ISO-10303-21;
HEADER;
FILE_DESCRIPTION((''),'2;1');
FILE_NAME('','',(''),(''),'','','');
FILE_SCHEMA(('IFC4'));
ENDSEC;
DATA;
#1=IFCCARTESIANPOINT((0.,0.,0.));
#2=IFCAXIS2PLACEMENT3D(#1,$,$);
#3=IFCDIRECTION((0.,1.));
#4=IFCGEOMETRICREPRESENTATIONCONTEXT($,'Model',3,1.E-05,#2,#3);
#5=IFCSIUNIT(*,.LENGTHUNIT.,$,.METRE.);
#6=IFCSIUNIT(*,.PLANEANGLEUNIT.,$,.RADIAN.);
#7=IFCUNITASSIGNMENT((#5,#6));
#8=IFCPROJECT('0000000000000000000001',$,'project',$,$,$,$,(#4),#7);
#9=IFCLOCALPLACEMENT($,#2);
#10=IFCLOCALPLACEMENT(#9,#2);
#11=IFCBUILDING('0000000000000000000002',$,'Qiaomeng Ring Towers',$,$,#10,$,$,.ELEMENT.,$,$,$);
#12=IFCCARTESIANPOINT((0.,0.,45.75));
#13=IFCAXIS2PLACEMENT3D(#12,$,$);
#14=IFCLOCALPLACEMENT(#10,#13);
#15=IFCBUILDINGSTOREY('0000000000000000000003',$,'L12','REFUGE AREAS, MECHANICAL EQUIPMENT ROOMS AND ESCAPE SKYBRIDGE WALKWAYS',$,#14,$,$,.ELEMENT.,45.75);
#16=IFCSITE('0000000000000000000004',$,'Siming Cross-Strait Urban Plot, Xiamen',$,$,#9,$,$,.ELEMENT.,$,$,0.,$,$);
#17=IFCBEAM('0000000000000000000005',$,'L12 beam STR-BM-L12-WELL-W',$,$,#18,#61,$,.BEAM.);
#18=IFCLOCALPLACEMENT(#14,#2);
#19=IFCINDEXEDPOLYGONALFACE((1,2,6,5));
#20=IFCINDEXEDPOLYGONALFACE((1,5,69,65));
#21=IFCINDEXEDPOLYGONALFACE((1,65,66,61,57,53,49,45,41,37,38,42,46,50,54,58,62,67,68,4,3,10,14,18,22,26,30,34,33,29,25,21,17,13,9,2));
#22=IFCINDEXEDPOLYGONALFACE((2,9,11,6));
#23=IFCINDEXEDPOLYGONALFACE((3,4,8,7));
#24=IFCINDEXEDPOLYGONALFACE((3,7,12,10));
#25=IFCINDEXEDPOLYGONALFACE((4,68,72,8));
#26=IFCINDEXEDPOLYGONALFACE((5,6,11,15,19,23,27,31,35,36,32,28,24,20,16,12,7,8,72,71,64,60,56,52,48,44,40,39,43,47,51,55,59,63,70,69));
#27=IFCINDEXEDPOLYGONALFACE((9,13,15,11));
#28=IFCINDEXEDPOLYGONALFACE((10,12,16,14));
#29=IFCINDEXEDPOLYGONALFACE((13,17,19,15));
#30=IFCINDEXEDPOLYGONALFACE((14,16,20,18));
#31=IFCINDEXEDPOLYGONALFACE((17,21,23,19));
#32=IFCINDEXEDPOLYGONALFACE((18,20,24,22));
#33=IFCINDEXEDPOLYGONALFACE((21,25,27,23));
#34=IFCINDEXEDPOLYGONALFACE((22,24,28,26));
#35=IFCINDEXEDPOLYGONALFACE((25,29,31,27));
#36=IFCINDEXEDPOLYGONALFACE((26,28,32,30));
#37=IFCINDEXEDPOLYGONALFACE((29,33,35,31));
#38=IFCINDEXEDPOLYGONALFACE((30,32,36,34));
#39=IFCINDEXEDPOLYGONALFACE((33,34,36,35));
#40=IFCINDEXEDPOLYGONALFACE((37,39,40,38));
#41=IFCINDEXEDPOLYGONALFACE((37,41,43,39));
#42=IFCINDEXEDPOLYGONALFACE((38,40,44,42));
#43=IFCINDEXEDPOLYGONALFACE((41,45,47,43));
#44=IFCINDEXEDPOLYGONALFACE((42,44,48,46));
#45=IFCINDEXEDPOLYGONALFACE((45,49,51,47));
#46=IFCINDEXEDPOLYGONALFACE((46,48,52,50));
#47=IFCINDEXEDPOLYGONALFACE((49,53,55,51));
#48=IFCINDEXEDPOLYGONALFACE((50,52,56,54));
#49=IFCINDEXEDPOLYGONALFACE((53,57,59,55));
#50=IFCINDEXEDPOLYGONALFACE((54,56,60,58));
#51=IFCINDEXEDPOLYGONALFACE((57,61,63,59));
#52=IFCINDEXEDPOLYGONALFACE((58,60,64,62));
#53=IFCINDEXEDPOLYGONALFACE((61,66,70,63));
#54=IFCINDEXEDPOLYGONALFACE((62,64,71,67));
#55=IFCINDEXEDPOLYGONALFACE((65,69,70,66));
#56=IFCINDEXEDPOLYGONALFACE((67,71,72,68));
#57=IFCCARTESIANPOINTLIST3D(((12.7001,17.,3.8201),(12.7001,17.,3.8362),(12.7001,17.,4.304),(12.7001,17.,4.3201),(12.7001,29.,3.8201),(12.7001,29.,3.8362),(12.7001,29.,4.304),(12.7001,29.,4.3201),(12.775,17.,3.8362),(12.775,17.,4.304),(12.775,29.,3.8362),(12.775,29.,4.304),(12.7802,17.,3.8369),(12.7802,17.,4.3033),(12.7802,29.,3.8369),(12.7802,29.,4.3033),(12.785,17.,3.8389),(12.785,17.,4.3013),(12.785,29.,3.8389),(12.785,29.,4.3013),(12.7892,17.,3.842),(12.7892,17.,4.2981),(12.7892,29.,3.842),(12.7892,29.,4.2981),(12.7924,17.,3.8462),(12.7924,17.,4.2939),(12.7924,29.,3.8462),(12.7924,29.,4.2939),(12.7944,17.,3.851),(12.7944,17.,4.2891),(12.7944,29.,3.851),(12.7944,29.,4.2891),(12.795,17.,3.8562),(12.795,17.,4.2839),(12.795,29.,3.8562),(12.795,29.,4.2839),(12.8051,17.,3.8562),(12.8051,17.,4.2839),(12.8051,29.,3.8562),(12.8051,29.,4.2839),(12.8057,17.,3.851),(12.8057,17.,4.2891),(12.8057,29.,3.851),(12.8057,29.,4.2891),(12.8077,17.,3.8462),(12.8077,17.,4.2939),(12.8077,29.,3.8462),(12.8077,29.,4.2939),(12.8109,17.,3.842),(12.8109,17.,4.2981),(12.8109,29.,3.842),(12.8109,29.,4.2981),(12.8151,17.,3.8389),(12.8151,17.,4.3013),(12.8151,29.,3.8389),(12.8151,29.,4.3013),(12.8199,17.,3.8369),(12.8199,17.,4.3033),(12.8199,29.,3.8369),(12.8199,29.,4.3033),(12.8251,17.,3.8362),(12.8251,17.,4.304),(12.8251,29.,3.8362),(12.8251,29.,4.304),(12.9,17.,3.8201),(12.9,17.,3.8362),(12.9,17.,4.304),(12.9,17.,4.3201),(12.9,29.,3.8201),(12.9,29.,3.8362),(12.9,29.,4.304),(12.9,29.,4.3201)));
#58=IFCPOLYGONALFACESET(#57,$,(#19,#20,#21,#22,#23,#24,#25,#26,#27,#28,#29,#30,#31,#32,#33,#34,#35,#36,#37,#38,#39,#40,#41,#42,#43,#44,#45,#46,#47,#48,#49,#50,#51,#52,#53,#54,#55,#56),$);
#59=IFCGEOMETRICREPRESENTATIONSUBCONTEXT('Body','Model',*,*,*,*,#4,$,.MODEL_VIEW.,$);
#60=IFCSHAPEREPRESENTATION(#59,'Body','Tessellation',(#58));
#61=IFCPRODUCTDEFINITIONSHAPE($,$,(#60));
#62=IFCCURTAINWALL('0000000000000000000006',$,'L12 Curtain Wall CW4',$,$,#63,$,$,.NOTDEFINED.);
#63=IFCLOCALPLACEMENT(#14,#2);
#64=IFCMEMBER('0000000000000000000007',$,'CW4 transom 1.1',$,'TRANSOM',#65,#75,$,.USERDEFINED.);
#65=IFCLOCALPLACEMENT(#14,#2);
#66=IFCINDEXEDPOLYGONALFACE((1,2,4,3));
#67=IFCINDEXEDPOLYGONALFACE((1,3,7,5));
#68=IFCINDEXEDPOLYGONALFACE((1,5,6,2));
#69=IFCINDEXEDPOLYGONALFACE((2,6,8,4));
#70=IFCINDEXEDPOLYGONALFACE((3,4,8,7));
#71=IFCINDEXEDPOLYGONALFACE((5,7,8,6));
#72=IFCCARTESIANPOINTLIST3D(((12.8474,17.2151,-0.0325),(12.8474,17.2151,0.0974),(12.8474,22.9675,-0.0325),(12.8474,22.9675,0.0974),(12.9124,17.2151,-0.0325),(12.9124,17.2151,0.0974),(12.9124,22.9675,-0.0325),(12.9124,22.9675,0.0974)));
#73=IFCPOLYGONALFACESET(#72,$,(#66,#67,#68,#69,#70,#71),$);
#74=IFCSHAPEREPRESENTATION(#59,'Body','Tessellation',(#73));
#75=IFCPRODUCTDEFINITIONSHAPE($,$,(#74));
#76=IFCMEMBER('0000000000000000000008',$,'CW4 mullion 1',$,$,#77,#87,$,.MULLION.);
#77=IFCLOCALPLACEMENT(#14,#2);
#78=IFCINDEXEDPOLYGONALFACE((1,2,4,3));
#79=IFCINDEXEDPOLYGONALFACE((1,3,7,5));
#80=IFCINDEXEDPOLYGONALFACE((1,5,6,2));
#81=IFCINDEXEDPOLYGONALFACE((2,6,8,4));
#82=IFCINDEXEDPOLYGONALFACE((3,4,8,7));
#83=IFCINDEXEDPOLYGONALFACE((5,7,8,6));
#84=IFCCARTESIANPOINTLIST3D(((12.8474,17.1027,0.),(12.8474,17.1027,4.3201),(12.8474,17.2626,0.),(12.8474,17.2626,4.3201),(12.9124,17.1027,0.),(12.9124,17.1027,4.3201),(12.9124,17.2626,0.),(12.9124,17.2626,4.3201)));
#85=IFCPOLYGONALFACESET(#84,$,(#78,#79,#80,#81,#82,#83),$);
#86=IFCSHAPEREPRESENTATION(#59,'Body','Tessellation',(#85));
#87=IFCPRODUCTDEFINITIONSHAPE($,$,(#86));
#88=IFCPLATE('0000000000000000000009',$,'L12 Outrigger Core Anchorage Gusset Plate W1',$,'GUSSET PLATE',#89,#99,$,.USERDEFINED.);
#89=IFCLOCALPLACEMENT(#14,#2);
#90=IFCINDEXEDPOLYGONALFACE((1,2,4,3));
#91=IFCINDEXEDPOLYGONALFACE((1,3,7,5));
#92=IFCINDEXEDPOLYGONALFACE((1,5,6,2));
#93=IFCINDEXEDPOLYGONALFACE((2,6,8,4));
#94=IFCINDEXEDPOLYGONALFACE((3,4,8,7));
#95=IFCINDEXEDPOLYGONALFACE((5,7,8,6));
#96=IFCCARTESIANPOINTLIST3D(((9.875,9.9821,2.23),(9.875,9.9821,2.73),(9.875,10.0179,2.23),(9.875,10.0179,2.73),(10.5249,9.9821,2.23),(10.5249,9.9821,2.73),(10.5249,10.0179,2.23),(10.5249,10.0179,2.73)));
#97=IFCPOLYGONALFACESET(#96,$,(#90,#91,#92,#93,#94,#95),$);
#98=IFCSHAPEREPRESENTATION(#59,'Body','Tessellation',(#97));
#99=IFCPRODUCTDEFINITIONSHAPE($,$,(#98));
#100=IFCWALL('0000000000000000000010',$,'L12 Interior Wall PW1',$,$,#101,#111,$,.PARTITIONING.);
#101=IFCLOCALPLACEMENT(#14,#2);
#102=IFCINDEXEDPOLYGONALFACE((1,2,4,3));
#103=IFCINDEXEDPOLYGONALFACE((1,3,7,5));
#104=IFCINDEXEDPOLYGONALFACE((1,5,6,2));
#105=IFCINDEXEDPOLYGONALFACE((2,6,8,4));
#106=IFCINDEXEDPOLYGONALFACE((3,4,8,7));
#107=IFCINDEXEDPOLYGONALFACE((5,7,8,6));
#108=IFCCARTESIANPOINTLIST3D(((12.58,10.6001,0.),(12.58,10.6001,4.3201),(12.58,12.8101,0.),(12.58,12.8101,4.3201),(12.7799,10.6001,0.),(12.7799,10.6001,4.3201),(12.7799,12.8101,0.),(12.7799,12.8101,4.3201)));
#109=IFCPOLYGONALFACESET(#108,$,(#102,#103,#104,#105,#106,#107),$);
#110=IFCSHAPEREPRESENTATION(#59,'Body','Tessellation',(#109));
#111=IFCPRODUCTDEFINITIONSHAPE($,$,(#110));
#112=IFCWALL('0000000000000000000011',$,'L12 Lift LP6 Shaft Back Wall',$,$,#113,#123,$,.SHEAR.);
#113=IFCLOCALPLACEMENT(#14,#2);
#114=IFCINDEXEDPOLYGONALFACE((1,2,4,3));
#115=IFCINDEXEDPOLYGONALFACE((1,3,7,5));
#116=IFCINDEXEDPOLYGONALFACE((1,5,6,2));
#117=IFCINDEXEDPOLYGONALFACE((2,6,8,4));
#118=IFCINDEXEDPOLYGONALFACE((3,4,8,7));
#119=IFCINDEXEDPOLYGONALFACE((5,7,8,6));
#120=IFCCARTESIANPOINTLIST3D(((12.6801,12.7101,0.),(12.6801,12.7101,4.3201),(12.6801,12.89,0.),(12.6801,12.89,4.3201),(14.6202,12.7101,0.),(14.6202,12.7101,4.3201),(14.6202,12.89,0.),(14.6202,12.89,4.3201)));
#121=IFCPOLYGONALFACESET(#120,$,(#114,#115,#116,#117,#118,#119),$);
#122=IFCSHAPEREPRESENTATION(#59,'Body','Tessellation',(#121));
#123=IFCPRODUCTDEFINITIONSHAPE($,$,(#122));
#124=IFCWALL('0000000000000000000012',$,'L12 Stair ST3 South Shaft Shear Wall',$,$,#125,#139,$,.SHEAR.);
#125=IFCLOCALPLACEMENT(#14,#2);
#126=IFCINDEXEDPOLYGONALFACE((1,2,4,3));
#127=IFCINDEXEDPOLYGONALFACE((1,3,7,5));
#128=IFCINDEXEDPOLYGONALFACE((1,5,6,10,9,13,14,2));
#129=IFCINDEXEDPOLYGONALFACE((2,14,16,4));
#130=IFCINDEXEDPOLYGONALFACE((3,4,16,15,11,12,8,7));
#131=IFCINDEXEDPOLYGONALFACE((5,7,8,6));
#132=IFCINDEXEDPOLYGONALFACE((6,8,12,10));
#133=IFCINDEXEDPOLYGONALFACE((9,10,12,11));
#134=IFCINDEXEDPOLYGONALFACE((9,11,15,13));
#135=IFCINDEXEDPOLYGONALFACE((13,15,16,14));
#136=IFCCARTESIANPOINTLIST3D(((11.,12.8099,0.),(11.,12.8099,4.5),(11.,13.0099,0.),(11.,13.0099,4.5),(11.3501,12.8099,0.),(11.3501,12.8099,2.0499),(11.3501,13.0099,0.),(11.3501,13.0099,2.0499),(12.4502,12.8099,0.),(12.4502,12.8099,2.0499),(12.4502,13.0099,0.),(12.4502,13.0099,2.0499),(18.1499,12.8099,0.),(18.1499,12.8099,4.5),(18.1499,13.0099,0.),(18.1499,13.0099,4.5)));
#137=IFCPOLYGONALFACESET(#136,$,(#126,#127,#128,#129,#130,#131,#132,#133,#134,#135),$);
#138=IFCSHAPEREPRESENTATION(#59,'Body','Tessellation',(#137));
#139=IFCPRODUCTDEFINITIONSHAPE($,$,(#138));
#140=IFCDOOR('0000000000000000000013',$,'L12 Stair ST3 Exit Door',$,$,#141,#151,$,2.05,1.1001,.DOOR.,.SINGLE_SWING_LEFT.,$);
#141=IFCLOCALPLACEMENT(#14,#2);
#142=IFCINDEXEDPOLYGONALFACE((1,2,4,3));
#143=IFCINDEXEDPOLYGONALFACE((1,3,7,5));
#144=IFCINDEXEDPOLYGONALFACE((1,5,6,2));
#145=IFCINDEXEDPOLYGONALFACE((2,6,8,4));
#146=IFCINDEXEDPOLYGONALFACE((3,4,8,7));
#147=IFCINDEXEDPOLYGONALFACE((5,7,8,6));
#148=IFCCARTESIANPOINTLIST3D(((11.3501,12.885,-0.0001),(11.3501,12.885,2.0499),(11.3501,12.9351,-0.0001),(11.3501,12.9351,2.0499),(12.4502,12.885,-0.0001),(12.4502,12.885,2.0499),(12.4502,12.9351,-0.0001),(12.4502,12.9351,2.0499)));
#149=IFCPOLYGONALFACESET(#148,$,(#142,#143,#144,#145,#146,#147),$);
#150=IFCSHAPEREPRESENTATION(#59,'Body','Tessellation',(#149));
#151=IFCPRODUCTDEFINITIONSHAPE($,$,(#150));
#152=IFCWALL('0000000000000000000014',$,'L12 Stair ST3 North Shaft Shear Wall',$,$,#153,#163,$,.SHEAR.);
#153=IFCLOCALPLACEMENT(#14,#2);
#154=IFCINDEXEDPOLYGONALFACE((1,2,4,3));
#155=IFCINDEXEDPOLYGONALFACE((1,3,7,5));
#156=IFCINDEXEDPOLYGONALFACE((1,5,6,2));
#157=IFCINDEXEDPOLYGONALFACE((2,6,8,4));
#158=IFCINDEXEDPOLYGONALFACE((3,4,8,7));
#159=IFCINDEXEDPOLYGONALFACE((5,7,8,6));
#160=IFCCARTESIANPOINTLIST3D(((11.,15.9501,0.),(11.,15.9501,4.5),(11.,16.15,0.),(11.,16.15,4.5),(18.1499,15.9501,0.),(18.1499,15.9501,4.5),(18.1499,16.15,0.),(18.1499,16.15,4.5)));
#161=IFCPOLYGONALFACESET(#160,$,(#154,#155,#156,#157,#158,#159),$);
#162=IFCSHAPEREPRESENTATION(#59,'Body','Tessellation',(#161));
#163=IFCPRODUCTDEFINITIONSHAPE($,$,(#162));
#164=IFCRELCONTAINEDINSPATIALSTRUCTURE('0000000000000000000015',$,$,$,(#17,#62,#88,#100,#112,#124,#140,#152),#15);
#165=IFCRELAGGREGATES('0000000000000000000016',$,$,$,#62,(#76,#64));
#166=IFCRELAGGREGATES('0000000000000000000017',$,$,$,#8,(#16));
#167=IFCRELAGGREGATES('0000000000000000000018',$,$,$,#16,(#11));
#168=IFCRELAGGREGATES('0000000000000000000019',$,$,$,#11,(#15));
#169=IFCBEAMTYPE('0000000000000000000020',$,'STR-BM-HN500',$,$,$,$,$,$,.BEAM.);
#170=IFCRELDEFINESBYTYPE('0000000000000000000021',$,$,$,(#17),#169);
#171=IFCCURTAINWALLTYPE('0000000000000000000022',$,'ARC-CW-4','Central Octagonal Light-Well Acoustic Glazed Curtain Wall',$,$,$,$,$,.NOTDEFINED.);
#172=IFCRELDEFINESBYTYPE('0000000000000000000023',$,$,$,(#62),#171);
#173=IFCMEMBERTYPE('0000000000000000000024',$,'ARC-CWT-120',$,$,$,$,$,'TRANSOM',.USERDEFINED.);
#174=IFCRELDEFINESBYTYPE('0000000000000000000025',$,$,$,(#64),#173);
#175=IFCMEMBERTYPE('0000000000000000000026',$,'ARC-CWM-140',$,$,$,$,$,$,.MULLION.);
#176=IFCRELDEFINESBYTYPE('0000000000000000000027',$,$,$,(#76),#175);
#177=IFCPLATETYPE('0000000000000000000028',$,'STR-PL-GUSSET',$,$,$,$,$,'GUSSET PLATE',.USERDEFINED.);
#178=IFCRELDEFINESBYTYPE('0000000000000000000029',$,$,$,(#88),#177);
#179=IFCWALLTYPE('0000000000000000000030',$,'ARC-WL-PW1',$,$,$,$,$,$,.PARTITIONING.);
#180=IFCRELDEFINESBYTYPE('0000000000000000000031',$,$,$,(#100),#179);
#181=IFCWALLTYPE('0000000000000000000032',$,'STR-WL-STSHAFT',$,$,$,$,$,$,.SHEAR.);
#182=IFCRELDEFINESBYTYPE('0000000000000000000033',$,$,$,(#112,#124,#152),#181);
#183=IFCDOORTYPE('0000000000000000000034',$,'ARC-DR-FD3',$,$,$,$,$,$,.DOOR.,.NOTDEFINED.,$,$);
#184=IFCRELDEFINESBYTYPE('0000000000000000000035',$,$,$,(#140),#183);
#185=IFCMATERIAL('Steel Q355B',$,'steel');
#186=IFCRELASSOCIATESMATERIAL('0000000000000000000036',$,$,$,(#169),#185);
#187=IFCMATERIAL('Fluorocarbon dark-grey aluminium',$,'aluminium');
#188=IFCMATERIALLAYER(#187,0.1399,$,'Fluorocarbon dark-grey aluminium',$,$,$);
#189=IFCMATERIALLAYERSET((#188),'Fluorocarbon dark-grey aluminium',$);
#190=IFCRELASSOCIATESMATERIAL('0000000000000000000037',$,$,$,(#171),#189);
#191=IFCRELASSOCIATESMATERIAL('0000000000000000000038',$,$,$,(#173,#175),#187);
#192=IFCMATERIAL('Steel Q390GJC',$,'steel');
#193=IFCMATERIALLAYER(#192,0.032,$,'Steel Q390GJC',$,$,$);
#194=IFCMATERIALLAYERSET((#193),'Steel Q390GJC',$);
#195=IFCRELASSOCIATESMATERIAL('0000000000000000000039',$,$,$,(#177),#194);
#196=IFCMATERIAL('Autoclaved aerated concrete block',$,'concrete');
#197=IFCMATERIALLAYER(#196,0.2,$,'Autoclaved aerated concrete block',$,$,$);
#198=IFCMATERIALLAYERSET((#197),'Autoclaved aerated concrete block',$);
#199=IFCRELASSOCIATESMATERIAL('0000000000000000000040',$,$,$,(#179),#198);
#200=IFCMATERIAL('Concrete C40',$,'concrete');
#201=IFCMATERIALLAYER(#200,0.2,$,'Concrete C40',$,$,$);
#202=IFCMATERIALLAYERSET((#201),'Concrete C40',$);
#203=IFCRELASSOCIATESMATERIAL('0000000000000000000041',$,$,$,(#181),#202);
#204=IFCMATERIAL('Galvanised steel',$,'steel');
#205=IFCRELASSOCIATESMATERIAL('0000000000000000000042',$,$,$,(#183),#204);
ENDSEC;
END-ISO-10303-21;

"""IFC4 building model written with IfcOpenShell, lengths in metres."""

from ifc_helpers import new_model, si_unit, direction, frame, frame_2d, origin, origin_2d, place, context, subcontext, project, spatial, rectangle, i_section, extrude, source, transform, mapped, material, layer, layer_set, material_profile, profile_set, type_object, element, fill, aggregate, save


model = new_model("IFC4")

# Units and contexts
model_context = context("Model", 3, precision=1e-05, world=origin(), true_north=direction((0.0, 1.0)))
body_context = subcontext(model_context, "Body", "Model", "MODEL_VIEW")
ifc_project = project(units=[si_unit("LENGTHUNIT", "METRE"), si_unit("PLANEANGLEUNIT", "RADIAN")], contexts=[model_context])

# Site, building, storey
site_placement = place(None, origin())
site = spatial("IfcSite", under=ifc_project, at=site_placement, Name="Siming Cross-Strait Urban Plot, Xiamen", CompositionType="ELEMENT", RefElevation=0.0)
building_placement = place(site_placement, origin())
building = spatial("IfcBuilding", under=site, at=building_placement, Name="Qiaomeng Ring Towers", CompositionType="ELEMENT")
storey_placement = place(building_placement, frame((0.0, 0.0, 45.75)))
storey = spatial("IfcBuildingStorey", under=building, at=storey_placement, Name="L12", Description="REFUGE AREAS, MECHANICAL EQUIPMENT ROOMS AND ESCAPE SKYBRIDGE WALKWAYS", CompositionType="ELEMENT", Elevation=45.75)

# Beam
ifc_material_1 = material(Name="Steel Q355B", Category="steel")
ifc_material_profile_1 = material_profile(ifc_material_1, i_section(OverallWidth=0.2, OverallDepth=0.5, WebThickness=0.01, FlangeThickness=0.0161, FilletRadius=0.02, at=origin_2d()), Name="HN 500x200x10x16")
ifc_profile_set_1 = profile_set([ifc_material_profile_1], Name="Steel Q355B")
beam_type = type_object("IfcBeamType", Name="STR-BM-HN500", PredefinedType="BEAM", material=ifc_profile_set_1)
shared_shape_1 = source(origin(), body_context, "Body", "SweptSolid", [
    extrude(i_section(OverallWidth=0.2, OverallDepth=0.5, WebThickness=0.01, FlangeThickness=0.0161, FilletRadius=0.02, at=origin_2d()), origin(), (0.0, 0.0, 1.0), 12.0),
])
beam_placement = place(storey_placement, frame((12.8, 17.0, 4.0701), z_axis=(0.0, 1.0, 0.0), x_axis=(-1.0, 0.0, 0.0)))
element("IfcBeam", 1, at=beam_placement, inside=storey, type_object=beam_type, Name="L12 beam STR-BM-L12-WELL-W", PredefinedType="BEAM", context=body_context, shape_type="MappedRepresentation", body=[
    mapped(shared_shape_1, transform((0.0, 0.0, 0.0), x_axis=(1.0, 0.0, 0.0), y_axis=(0.0, 1.0, 0.0), z_axis=(0.0, 0.0, 1.0), scale=1.0)),
])

# Curtain wall, members
ifc_material_2 = material(Name="Fluorocarbon dark-grey aluminium", Category="aluminium")
ifc_layer_1 = layer(ifc_material_2, 0.1399, Name="Fluorocarbon dark-grey aluminium")
ifc_layer_set_1 = layer_set([ifc_layer_1], Name="Fluorocarbon dark-grey aluminium")
curtain_wall_type = type_object("IfcCurtainWallType", Name="ARC-CW-4", Description="Central Octagonal Light-Well Acoustic Glazed Curtain Wall", PredefinedType="NOTDEFINED", material=ifc_layer_set_1)
curtain_wall_placement = place(storey_placement, origin())
curtain_wall = element("IfcCurtainWall", 2, at=curtain_wall_placement, inside=storey, type_object=curtain_wall_type, Name="L12 Curtain Wall CW4", PredefinedType="NOTDEFINED")
ifc_material_profile_2 = material_profile(ifc_material_2, rectangle(XDim=0.0649, YDim=0.1299, at=origin_2d()), Name="ALU TRAN 65x130")
ifc_profile_set_2 = profile_set([ifc_material_profile_2], Name="Fluorocarbon dark-grey aluminium")
member_type_1 = type_object("IfcMemberType", Name="ARC-CWT-120", ElementType="TRANSOM", PredefinedType="USERDEFINED", material=ifc_profile_set_2)
shared_shape_2 = source(origin(), body_context, "Body", "SweptSolid", [
    extrude(rectangle(XDim=0.0649, YDim=0.1299, at=origin_2d()), origin(), (0.0, 0.0, 1.0), 5.7524),
])
member_1_placement = place(storey_placement, frame((12.8799, 17.2151, 0.0325), z_axis=(0.0, 1.0, 0.0), x_axis=(-1.0, 0.0, 0.0)))
member_1 = element("IfcMember", 3, at=member_1_placement, type_object=member_type_1, Name="CW4 transom 1.1", ObjectType="TRANSOM", PredefinedType="USERDEFINED", context=body_context, shape_type="MappedRepresentation", body=[
    mapped(shared_shape_2, transform((0.0, 0.0, 0.0), x_axis=(1.0, 0.0, 0.0), y_axis=(0.0, 1.0, 0.0), z_axis=(0.0, 0.0, 1.0), scale=1.0)),
])
ifc_material_profile_3 = material_profile(ifc_material_2, rectangle(XDim=0.0649, YDim=0.1599, at=origin_2d()), Name="ALU MULL 65x160")
ifc_profile_set_3 = profile_set([ifc_material_profile_3], Name="Fluorocarbon dark-grey aluminium")
member_type_2 = type_object("IfcMemberType", Name="ARC-CWM-140", PredefinedType="MULLION", material=ifc_profile_set_3)
shared_shape_3 = source(origin(), body_context, "Body", "SweptSolid", [
    extrude(rectangle(XDim=0.0649, YDim=0.1599, at=origin_2d()), origin(), (0.0, 0.0, 1.0), 4.3201),
])
member_2_placement = place(storey_placement, frame((12.8799, 17.1826, 0.0), z_axis=(0.0, 0.0, 1.0), x_axis=(-1.0, 0.0, 0.0)))
member_2 = element("IfcMember", 4, at=member_2_placement, type_object=member_type_2, Name="CW4 mullion 1", PredefinedType="MULLION", context=body_context, shape_type="MappedRepresentation", body=[
    mapped(shared_shape_3, transform((0.0, 0.0, 0.0), x_axis=(1.0, 0.0, 0.0), y_axis=(0.0, 1.0, 0.0), z_axis=(0.0, 0.0, 1.0), scale=1.0)),
])
aggregate(curtain_wall, [member_2, member_1])

# Plate
ifc_material_3 = material(Name="Steel Q390GJC", Category="steel")
ifc_layer_2 = layer(ifc_material_3, 0.032, Name="Steel Q390GJC")
ifc_layer_set_2 = layer_set([ifc_layer_2], Name="Steel Q390GJC")
plate_type = type_object("IfcPlateType", Name="STR-PL-GUSSET", ElementType="GUSSET PLATE", PredefinedType="USERDEFINED", material=ifc_layer_set_2)
shared_shape_4 = source(origin(), body_context, "Body", "SweptSolid", [
    extrude(rectangle(XDim=0.6499, YDim=0.0359, at=origin_2d()), origin(), (0.0, 0.0, 1.0), 0.5),
])
plate_placement = place(storey_placement, frame((10.2, 10.0, 2.23), z_axis=(0.0, 0.0, 1.0), x_axis=(1.0, 0.0, 0.0)))
element("IfcPlate", 5, at=plate_placement, inside=storey, type_object=plate_type, Name="L12 Outrigger Core Anchorage Gusset Plate W1", ObjectType="GUSSET PLATE", PredefinedType="USERDEFINED", context=body_context, shape_type="MappedRepresentation", body=[
    mapped(shared_shape_4, transform((0.0, 0.0, 0.0), x_axis=(1.0, 0.0, 0.0), y_axis=(0.0, 1.0, 0.0), z_axis=(0.0, 0.0, 1.0), scale=1.0)),
])

# Walls
ifc_material_4 = material(Name="Autoclaved aerated concrete block", Category="concrete")
ifc_layer_3 = layer(ifc_material_4, 0.2, Name="Autoclaved aerated concrete block")
ifc_layer_set_3 = layer_set([ifc_layer_3], Name="Autoclaved aerated concrete block")
wall_type_1 = type_object("IfcWallType", Name="ARC-WL-PW1", PredefinedType="PARTITIONING", material=ifc_layer_set_3)
wall_1_placement = place(storey_placement, frame((12.6799, 10.6001, 0.0), z_axis=(0.0, 0.0, 1.0), x_axis=(0.0, 1.0, 0.0)))
element("IfcWall", 6, at=wall_1_placement, inside=storey, type_object=wall_type_1, Name="L12 Interior Wall PW1", PredefinedType="PARTITIONING", context=body_context, shape_type="SweptSolid", body=[
    extrude(rectangle(XDim=2.21, YDim=0.2, at=frame_2d((1.105, 0.0))), origin(), (0.0, 0.0, 1.0), 4.3201),
])
ifc_material_5 = material(Name="Concrete C40", Category="concrete")
ifc_layer_4 = layer(ifc_material_5, 0.2, Name="Concrete C40")
ifc_layer_set_4 = layer_set([ifc_layer_4], Name="Concrete C40")
wall_type_2 = type_object("IfcWallType", Name="STR-WL-STSHAFT", PredefinedType="SHEAR", material=ifc_layer_set_4)
wall_2_placement = place(storey_placement, frame((12.6799, 12.8, 0.0), z_axis=(0.0, 0.0, 1.0), x_axis=(1.0, 0.0, 0.0)))
element("IfcWall", 7, at=wall_2_placement, inside=storey, type_object=wall_type_2, Name="L12 Lift LP6 Shaft Back Wall", PredefinedType="SHEAR", context=body_context, shape_type="SweptSolid", body=[
    extrude(rectangle(XDim=1.9402, YDim=0.1799, at=frame_2d((0.9702, 0.0))), origin(), (0.0, 0.0, 1.0), 4.3201),
])

# Wall, opening, door
wall_3_placement = place(storey_placement, frame((11.0, 12.9099, 0.0), z_axis=(0.0, 0.0, 1.0), x_axis=(1.0, 0.0, 0.0)))
wall_3 = element("IfcWall", 8, at=wall_3_placement, inside=storey, type_object=wall_type_2, Name="L12 Stair ST3 South Shaft Shear Wall", PredefinedType="SHEAR", context=body_context, shape_type="SweptSolid", body=[
    extrude(rectangle(XDim=7.1499, YDim=0.2, at=frame_2d((3.575, 0.0))), origin(), (0.0, 0.0, 1.0), 4.5),
])
opening_1_placement = place(wall_3_placement, frame((0.3501, 0.0, 0.0)))
opening_1 = element("IfcOpeningElement", 9, at=opening_1_placement, cuts=wall_3, PredefinedType="OPENING", context=body_context, shape_type="SweptSolid", body=[
    extrude(rectangle(XDim=1.1001, YDim=2.05, at=frame_2d((0.55, 1.0249))), frame((0.0, 0.1099, 0.0), z_axis=(0.0, -1.0, 0.0), x_axis=(1.0, 0.0, 0.0)), (0.0, 0.0, 1.0), 0.22),
])
ifc_material_6 = material(Name="Galvanised steel", Category="steel")
door_type_1 = type_object("IfcDoorType", Name="ARC-DR-FD3", OperationType="NOTDEFINED", PredefinedType="DOOR", material=ifc_material_6)
shared_shape_5 = source(origin(), body_context, "Body", "SweptSolid", [
    extrude(rectangle(XDim=1.1001, YDim=2.05, at=frame_2d((0.55, 1.0249))), frame((0.0, 0.0249, 0.0), z_axis=(0.0, -1.0, 0.0), x_axis=(1.0, 0.0, 0.0)), (0.0, 0.0, 1.0), 0.05),
])
door_1_placement = place(opening_1_placement, frame((1.1001, 0.0, 0.0), z_axis=(0.0, 0.0, 1.0), x_axis=(-1.0, 0.0, 0.0)))
door_1 = element("IfcDoor", 10, at=door_1_placement, inside=storey, type_object=door_type_1, Name="L12 Stair ST3 Exit Door", OperationType="SINGLE_SWING_LEFT", OverallHeight=2.05, OverallWidth=1.1001, PredefinedType="DOOR", context=body_context, shape_type="MappedRepresentation", body=[
    mapped(shared_shape_5, transform((0.0, 0.0, 0.0), x_axis=(1.0, 0.0, 0.0), y_axis=(0.0, 1.0, 0.0), z_axis=(0.0, 0.0, 1.0), scale=1.0)),
])
fill(opening_1, door_1)

# Wall
wall_4_placement = place(storey_placement, frame((11.0, 16.05, 0.0), z_axis=(0.0, 0.0, 1.0), x_axis=(1.0, 0.0, 0.0)))
element("IfcWall", 11, at=wall_4_placement, inside=storey, type_object=wall_type_2, Name="L12 Stair ST3 North Shaft Shear Wall", PredefinedType="SHEAR", context=body_context, shape_type="SweptSolid", body=[
    extrude(rectangle(XDim=7.1499, YDim=0.2, at=frame_2d((3.575, 0.0))), origin(), (0.0, 0.0, 1.0), 4.5),
])

save(model, "model.ifc")
